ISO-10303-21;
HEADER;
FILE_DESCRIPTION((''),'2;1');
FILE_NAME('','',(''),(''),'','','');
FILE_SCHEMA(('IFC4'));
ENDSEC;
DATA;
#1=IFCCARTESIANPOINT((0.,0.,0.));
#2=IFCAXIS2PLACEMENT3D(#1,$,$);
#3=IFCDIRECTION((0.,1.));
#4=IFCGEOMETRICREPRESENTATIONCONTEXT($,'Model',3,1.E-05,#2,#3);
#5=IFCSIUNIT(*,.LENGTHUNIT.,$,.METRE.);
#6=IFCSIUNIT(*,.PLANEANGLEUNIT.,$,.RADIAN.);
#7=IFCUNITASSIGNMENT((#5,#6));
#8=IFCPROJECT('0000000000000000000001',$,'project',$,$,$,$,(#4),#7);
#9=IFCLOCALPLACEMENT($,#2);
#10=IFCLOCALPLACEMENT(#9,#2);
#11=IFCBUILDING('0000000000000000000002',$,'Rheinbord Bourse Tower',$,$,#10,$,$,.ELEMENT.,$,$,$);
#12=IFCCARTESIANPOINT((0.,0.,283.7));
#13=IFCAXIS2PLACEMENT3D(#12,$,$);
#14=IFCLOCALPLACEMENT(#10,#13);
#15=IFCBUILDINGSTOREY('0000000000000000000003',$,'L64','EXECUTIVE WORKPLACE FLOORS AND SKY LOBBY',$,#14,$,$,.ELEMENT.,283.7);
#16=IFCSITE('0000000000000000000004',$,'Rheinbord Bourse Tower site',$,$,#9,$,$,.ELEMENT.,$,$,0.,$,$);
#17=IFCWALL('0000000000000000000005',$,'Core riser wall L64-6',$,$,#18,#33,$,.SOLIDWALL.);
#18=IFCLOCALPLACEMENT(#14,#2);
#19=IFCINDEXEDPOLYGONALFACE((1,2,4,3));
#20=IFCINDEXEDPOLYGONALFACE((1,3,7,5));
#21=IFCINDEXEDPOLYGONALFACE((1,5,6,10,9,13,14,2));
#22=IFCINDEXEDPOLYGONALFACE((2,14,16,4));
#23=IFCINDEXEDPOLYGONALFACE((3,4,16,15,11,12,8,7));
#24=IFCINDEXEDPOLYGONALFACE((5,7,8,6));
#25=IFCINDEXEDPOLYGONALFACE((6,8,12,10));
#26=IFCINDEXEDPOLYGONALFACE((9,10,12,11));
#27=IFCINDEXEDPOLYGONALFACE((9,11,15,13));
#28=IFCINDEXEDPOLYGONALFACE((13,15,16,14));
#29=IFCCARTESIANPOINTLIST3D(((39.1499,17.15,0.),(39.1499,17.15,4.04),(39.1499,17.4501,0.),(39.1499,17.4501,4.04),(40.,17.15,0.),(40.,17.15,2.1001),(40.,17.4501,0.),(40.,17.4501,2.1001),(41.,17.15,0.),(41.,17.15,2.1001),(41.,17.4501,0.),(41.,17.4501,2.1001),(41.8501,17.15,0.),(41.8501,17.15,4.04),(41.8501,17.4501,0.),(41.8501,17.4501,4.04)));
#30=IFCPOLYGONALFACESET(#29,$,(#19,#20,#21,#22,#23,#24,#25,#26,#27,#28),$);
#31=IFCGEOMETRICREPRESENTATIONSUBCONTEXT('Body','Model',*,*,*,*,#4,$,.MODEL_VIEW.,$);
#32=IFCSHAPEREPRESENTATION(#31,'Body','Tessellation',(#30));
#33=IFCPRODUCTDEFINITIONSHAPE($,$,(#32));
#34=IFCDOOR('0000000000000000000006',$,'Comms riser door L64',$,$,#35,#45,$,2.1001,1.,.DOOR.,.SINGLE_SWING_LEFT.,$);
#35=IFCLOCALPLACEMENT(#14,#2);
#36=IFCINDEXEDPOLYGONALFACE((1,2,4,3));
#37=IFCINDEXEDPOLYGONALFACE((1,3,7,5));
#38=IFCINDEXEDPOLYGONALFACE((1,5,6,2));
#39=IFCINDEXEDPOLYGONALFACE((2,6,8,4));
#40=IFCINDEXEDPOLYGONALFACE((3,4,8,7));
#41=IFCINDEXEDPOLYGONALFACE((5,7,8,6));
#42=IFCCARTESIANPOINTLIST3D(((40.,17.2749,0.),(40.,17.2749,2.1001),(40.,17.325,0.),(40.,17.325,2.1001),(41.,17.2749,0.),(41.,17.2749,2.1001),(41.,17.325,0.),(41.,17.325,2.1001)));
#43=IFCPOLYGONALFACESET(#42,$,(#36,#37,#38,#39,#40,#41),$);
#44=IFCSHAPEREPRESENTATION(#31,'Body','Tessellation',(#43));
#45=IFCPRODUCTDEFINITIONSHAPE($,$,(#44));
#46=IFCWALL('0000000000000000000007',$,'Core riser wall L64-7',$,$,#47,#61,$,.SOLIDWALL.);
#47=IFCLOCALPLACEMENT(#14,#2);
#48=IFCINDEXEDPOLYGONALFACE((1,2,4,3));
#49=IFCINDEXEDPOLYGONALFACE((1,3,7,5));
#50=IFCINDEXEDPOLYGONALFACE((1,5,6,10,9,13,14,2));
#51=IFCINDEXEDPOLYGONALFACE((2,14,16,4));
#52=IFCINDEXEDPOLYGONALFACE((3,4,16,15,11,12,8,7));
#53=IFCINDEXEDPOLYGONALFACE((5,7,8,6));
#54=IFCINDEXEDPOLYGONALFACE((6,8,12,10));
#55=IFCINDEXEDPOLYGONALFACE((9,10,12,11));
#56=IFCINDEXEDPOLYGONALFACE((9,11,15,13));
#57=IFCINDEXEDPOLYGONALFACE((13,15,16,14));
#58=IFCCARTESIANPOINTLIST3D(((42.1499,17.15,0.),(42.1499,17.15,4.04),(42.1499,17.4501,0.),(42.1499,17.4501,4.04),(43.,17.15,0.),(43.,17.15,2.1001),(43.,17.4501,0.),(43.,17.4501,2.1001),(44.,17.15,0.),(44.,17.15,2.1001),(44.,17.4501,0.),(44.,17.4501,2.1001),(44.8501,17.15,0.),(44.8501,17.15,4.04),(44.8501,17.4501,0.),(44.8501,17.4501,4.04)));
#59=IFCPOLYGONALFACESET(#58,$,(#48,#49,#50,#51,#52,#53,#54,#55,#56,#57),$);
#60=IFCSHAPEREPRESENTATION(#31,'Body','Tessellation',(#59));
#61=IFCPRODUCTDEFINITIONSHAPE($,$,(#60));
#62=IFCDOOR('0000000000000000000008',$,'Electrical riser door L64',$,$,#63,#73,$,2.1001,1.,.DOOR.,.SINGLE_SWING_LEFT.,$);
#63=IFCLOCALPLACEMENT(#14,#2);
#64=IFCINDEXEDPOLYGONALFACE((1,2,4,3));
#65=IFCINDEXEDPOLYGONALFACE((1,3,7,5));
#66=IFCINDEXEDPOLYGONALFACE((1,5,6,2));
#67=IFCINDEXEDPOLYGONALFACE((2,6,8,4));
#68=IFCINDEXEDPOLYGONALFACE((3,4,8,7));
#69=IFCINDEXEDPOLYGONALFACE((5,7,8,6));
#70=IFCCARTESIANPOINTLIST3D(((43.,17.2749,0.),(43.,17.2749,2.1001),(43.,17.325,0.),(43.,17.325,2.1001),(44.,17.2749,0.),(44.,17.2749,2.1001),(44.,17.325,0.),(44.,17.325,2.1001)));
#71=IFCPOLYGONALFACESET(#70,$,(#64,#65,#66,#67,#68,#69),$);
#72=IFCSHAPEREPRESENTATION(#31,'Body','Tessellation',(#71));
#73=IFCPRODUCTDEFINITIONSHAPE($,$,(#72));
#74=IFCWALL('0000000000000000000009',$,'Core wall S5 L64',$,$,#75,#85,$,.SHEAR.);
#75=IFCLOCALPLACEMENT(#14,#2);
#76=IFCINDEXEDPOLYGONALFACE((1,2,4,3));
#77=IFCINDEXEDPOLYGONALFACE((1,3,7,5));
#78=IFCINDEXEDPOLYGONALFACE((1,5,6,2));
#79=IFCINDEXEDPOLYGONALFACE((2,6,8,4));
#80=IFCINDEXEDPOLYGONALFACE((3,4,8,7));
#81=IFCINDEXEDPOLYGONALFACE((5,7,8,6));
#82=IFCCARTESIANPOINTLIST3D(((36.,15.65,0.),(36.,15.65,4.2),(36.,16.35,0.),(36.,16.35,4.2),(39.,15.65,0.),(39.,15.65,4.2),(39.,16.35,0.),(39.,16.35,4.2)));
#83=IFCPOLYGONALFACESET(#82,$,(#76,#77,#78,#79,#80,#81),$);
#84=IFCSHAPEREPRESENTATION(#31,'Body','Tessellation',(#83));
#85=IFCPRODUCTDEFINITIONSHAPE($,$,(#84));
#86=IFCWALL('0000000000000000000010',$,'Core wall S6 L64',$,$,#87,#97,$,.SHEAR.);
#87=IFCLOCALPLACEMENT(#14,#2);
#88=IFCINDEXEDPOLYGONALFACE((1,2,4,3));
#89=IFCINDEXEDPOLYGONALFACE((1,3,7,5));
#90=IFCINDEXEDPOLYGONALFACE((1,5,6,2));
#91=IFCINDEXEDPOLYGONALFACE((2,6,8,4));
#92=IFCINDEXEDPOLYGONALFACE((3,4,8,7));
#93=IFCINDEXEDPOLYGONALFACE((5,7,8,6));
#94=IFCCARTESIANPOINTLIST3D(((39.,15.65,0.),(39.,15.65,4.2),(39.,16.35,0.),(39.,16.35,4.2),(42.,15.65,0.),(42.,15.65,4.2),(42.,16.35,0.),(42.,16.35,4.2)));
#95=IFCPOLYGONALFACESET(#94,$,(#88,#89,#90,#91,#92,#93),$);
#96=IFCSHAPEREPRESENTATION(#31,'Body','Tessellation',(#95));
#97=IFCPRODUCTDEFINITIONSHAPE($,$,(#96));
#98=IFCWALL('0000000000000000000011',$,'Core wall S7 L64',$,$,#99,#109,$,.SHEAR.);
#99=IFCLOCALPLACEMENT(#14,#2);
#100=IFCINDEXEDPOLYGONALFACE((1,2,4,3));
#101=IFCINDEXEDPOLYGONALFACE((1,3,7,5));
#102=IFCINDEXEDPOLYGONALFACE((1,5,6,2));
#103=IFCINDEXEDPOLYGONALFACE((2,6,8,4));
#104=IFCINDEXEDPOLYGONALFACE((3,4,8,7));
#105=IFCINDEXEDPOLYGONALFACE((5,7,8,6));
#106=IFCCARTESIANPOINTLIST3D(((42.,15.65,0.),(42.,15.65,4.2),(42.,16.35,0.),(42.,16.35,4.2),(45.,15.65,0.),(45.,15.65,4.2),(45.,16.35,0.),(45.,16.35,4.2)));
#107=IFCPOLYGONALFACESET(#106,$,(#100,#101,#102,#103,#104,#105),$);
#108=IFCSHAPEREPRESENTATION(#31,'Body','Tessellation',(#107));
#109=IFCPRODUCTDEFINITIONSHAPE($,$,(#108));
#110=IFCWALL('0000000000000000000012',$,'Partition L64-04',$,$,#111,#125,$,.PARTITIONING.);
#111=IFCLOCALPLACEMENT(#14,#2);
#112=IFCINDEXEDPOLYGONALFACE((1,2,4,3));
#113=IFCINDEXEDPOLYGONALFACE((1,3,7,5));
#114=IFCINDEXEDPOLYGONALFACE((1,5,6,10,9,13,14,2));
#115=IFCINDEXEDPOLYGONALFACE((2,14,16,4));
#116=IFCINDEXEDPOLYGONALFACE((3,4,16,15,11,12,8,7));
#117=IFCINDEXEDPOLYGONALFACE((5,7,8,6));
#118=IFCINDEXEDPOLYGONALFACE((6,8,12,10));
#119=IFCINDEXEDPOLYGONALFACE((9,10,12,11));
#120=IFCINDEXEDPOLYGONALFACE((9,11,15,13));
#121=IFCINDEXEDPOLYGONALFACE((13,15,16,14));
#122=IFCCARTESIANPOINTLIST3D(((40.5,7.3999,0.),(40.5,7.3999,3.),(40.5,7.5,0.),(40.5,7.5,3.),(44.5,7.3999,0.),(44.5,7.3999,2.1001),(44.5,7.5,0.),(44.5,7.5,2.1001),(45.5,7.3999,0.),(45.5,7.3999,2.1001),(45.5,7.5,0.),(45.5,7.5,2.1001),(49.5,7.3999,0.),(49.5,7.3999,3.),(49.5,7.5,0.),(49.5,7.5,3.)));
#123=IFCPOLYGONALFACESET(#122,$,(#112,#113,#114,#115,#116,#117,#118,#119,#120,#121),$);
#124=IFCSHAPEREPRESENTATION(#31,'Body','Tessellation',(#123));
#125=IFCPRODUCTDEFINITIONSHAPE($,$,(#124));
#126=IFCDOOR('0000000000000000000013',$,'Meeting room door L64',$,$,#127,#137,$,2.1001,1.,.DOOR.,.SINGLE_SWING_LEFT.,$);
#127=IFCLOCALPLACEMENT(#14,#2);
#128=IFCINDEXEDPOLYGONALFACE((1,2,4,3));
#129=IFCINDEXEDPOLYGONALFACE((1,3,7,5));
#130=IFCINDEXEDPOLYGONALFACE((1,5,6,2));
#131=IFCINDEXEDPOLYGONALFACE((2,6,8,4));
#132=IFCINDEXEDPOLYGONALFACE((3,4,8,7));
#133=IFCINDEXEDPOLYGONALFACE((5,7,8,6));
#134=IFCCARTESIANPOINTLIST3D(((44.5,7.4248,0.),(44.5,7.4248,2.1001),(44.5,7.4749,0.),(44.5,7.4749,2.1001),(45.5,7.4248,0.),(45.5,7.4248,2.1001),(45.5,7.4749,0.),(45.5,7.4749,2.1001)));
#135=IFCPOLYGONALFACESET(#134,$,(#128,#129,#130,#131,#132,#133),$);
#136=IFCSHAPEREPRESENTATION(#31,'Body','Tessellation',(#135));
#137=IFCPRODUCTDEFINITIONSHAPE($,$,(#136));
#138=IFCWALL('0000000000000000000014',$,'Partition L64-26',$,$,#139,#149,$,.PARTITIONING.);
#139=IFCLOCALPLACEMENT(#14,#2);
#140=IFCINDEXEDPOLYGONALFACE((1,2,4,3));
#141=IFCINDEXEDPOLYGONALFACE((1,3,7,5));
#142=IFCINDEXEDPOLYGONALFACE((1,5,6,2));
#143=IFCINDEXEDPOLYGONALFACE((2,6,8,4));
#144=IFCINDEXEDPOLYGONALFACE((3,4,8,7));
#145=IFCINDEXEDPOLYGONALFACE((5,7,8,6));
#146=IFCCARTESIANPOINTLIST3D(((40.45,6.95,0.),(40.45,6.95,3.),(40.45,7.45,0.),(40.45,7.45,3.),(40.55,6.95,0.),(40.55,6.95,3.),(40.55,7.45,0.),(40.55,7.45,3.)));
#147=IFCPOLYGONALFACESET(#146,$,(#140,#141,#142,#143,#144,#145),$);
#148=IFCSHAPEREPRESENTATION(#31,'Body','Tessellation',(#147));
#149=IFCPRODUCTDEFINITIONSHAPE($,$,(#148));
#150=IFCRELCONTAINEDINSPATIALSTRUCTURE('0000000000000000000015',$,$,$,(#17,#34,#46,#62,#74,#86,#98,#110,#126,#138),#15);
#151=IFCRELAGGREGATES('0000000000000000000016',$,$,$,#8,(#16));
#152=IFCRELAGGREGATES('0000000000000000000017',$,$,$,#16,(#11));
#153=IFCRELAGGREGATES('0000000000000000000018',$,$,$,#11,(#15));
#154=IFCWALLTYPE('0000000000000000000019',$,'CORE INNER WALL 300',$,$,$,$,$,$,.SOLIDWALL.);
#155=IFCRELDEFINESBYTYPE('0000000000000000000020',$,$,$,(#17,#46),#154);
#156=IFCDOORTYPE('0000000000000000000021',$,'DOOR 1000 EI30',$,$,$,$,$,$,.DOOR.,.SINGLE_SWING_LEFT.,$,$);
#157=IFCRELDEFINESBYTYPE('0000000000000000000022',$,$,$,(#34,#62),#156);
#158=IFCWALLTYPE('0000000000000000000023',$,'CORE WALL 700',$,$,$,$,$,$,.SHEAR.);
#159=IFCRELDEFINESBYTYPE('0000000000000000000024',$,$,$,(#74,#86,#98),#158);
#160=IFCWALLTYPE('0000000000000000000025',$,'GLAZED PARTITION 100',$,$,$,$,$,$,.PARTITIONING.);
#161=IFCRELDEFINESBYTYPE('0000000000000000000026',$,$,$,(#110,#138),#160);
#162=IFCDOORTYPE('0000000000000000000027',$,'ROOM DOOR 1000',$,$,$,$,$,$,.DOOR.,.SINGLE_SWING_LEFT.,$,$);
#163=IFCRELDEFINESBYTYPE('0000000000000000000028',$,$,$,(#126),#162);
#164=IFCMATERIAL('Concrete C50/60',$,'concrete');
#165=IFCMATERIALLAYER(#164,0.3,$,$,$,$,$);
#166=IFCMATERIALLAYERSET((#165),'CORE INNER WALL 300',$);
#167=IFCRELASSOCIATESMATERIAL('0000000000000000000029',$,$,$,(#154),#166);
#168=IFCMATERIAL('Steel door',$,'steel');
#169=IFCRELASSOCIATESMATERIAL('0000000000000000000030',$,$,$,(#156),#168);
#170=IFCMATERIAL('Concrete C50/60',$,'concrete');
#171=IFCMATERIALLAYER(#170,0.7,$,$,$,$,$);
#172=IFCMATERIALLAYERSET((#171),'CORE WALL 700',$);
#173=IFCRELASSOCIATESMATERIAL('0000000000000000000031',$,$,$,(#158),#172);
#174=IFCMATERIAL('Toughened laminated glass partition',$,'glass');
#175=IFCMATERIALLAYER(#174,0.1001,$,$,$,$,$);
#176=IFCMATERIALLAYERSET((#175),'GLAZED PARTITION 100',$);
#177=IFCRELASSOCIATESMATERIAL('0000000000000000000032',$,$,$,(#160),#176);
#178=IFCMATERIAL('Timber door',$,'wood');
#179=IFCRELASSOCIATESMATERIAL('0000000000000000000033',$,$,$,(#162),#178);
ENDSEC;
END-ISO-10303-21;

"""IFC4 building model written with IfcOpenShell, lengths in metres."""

from ifc_helpers import new_model, si_unit, direction, frame, frame_2d, origin, place, context, subcontext, project, spatial, rectangle, extrude, material, layer, layer_set, type_object, element, fill, save


model = new_model("IFC4")

# Units and contexts
model_context = context("Model", 3, precision=1e-05, world=origin(), true_north=direction((0.0, 1.0)))
body_context = subcontext(model_context, "Body", "Model", "MODEL_VIEW")
ifc_project = project(units=[si_unit("LENGTHUNIT", "METRE"), si_unit("PLANEANGLEUNIT", "RADIAN")], contexts=[model_context])

# Site, building, storey
site_placement = place(None, origin())
site = spatial("IfcSite", under=ifc_project, at=site_placement, Name="Rheinbord Bourse Tower site", CompositionType="ELEMENT", RefElevation=0.0)
building_placement = place(site_placement, origin())
building = spatial("IfcBuilding", under=site, at=building_placement, Name="Rheinbord Bourse Tower", CompositionType="ELEMENT")
storey_placement = place(building_placement, frame((0.0, 0.0, 283.7)))
storey = spatial("IfcBuildingStorey", under=building, at=storey_placement, Name="L64", Description="EXECUTIVE WORKPLACE FLOORS AND SKY LOBBY", CompositionType="ELEMENT", Elevation=283.7)

# Shared definitions
ifc_material_1 = material(Name="Concrete C50/60", Category="concrete")
ifc_layer_1 = layer(ifc_material_1, 0.3)
ifc_layer_set_1 = layer_set([ifc_layer_1], Name="CORE INNER WALL 300")
wall_type_1 = type_object("IfcWallType", Name="CORE INNER WALL 300", PredefinedType="SOLIDWALL", material=ifc_layer_set_1)
ifc_material_2 = material(Name="Steel door", Category="steel")
door_type_1 = type_object("IfcDoorType", Name="DOOR 1000 EI30", OperationType="SINGLE_SWING_LEFT", PredefinedType="DOOR", material=ifc_material_2)

# Walls, openings, doors
wall_1_placement = place(storey_placement, frame((39.1499, 17.3, 0.0), z_axis=(0.0, 0.0, 1.0), x_axis=(1.0, 0.0, 0.0)))
wall_1 = element("IfcWall", 1, at=wall_1_placement, inside=storey, type_object=wall_type_1, Name="Core riser wall L64-6", PredefinedType="SOLIDWALL", context=body_context, shape_type="SweptSolid", body=[
    extrude(rectangle(XDim=2.7002, YDim=0.3, at=frame_2d((1.3501, 0.0))), origin(), (0.0, 0.0, 1.0), 4.04),
])
opening_1_placement = place(wall_1_placement, frame((0.8501, 0.0, 0.0)))
opening_1 = element("IfcOpeningElement", 2, at=opening_1_placement, cuts=wall_1, PredefinedType="OPENING", context=body_context, shape_type="SweptSolid", body=[
    extrude(rectangle(XDim=1.0, YDim=2.1001, at=frame_2d((0.5, 1.05))), frame((0.0, 0.1599, 0.0), z_axis=(0.0, -1.0, 0.0), x_axis=(1.0, 0.0, 0.0)), (0.0, 0.0, 1.0), 0.3201),
])
door_1_placement = place(opening_1_placement, origin())
door_1 = element("IfcDoor", 3, at=door_1_placement, inside=storey, type_object=door_type_1, Name="Comms riser door L64", OperationType="SINGLE_SWING_LEFT", OverallHeight=2.1001, OverallWidth=1.0, PredefinedType="DOOR", context=body_context, shape_type="SweptSolid", body=[
    extrude(rectangle(XDim=1.0, YDim=2.1001, at=frame_2d((0.5, 1.05))), frame((0.0, 0.0249, 0.0), z_axis=(0.0, -1.0, 0.0), x_axis=(1.0, 0.0, 0.0)), (0.0, 0.0, 1.0), 0.05),
])
fill(opening_1, door_1)
wall_2_placement = place(storey_placement, frame((42.1499, 17.3, 0.0), z_axis=(0.0, 0.0, 1.0), x_axis=(1.0, 0.0, 0.0)))
wall_2 = element("IfcWall", 4, at=wall_2_placement, inside=storey, type_object=wall_type_1, Name="Core riser wall L64-7", PredefinedType="SOLIDWALL", context=body_context, shape_type="SweptSolid", body=[
    extrude(rectangle(XDim=2.7002, YDim=0.3, at=frame_2d((1.3501, 0.0))), origin(), (0.0, 0.0, 1.0), 4.04),
])
opening_2_placement = place(wall_2_placement, frame((0.8501, 0.0, 0.0)))
opening_2 = element("IfcOpeningElement", 5, at=opening_2_placement, cuts=wall_2, PredefinedType="OPENING", context=body_context, shape_type="SweptSolid", body=[
    extrude(rectangle(XDim=1.0, YDim=2.1001, at=frame_2d((0.5, 1.05))), frame((0.0, 0.1599, 0.0), z_axis=(0.0, -1.0, 0.0), x_axis=(1.0, 0.0, 0.0)), (0.0, 0.0, 1.0), 0.3201),
])
door_2_placement = place(opening_2_placement, origin())
door_2 = element("IfcDoor", 6, at=door_2_placement, inside=storey, type_object=door_type_1, Name="Electrical riser door L64", OperationType="SINGLE_SWING_LEFT", OverallHeight=2.1001, OverallWidth=1.0, PredefinedType="DOOR", context=body_context, shape_type="SweptSolid", body=[
    extrude(rectangle(XDim=1.0, YDim=2.1001, at=frame_2d((0.5, 1.05))), frame((0.0, 0.0249, 0.0), z_axis=(0.0, -1.0, 0.0), x_axis=(1.0, 0.0, 0.0)), (0.0, 0.0, 1.0), 0.05),
])
fill(opening_2, door_2)

# Walls
ifc_material_3 = material(Name="Concrete C50/60", Category="concrete")
ifc_layer_2 = layer(ifc_material_3, 0.7)
ifc_layer_set_2 = layer_set([ifc_layer_2], Name="CORE WALL 700")
wall_type_2 = type_object("IfcWallType", Name="CORE WALL 700", PredefinedType="SHEAR", material=ifc_layer_set_2)
for number, where, z_axis, x_axis, name in (
    (7, (36.0, 16.0, 0.0), (0.0, 0.0, 1.0), (1.0, 0.0, 0.0), "Core wall S5 L64"),
    (8, (39.0, 16.0, 0.0), (0.0, 0.0, 1.0), (1.0, 0.0, 0.0), "Core wall S6 L64"),
    (9, (42.0, 16.0, 0.0), (0.0, 0.0, 1.0), (1.0, 0.0, 0.0), "Core wall S7 L64"),
):
    element("IfcWall", number, at=place(storey_placement, frame(where, z_axis=z_axis, x_axis=x_axis)), inside=storey, type_object=wall_type_2, Name=name, PredefinedType="SHEAR", context=body_context, shape_type="SweptSolid", body=[
        extrude(rectangle(XDim=3.0, YDim=0.7, at=frame_2d((1.5, 0.0))), origin(), (0.0, 0.0, 1.0), 4.2),
    ])

# Wall, opening, door
ifc_material_4 = material(Name="Toughened laminated glass partition", Category="glass")
ifc_layer_3 = layer(ifc_material_4, 0.1001)
ifc_layer_set_3 = layer_set([ifc_layer_3], Name="GLAZED PARTITION 100")
wall_type_3 = type_object("IfcWallType", Name="GLAZED PARTITION 100", PredefinedType="PARTITIONING", material=ifc_layer_set_3)
wall_3_placement = place(storey_placement, frame((40.5, 7.45, 0.0), z_axis=(0.0, 0.0, 1.0), x_axis=(1.0, 0.0, 0.0)))
wall_3 = element("IfcWall", 10, at=wall_3_placement, inside=storey, type_object=wall_type_3, Name="Partition L64-04", PredefinedType="PARTITIONING", context=body_context, shape_type="SweptSolid", body=[
    extrude(rectangle(XDim=9.0, YDim=0.1001, at=frame_2d((4.5, 0.0))), origin(), (0.0, 0.0, 1.0), 3.0),
])
opening_3_placement = place(wall_3_placement, frame((4.0, 0.0, 0.0)))
opening_3 = element("IfcOpeningElement", 11, at=opening_3_placement, cuts=wall_3, PredefinedType="OPENING", context=body_context, shape_type="SweptSolid", body=[
    extrude(rectangle(XDim=1.0, YDim=2.1001, at=frame_2d((0.5, 1.05))), frame((0.0, 0.0601, 0.0), z_axis=(0.0, -1.0, 0.0), x_axis=(1.0, 0.0, 0.0)), (0.0, 0.0, 1.0), 0.1201),
])
ifc_material_5 = material(Name="Timber door", Category="wood")
door_type_2 = type_object("IfcDoorType", Name="ROOM DOOR 1000", OperationType="SINGLE_SWING_LEFT", PredefinedType="DOOR", material=ifc_material_5)
door_3_placement = place(opening_3_placement, origin())
door_3 = element("IfcDoor", 12, at=door_3_placement, inside=storey, type_object=door_type_2, Name="Meeting room door L64", OperationType="SINGLE_SWING_LEFT", OverallHeight=2.1001, OverallWidth=1.0, PredefinedType="DOOR", context=body_context, shape_type="SweptSolid", body=[
    extrude(rectangle(XDim=1.0, YDim=2.1001, at=frame_2d((0.5, 1.05))), frame((0.0, 0.0249, 0.0), z_axis=(0.0, -1.0, 0.0), x_axis=(1.0, 0.0, 0.0)), (0.0, 0.0, 1.0), 0.05),
])
fill(opening_3, door_3)

# Wall
wall_4_placement = place(storey_placement, frame((40.5, 6.95, 0.0), z_axis=(0.0, 0.0, 1.0), x_axis=(0.0, 1.0, 0.0)))
element("IfcWall", 13, at=wall_4_placement, inside=storey, type_object=wall_type_3, Name="Partition L64-26", PredefinedType="PARTITIONING", context=body_context, shape_type="SweptSolid", body=[
    extrude(rectangle(XDim=0.5, YDim=0.1001, at=frame_2d((0.25, 0.0))), origin(), (0.0, 0.0, 1.0), 3.0),
])

save(model, "model.ifc")
